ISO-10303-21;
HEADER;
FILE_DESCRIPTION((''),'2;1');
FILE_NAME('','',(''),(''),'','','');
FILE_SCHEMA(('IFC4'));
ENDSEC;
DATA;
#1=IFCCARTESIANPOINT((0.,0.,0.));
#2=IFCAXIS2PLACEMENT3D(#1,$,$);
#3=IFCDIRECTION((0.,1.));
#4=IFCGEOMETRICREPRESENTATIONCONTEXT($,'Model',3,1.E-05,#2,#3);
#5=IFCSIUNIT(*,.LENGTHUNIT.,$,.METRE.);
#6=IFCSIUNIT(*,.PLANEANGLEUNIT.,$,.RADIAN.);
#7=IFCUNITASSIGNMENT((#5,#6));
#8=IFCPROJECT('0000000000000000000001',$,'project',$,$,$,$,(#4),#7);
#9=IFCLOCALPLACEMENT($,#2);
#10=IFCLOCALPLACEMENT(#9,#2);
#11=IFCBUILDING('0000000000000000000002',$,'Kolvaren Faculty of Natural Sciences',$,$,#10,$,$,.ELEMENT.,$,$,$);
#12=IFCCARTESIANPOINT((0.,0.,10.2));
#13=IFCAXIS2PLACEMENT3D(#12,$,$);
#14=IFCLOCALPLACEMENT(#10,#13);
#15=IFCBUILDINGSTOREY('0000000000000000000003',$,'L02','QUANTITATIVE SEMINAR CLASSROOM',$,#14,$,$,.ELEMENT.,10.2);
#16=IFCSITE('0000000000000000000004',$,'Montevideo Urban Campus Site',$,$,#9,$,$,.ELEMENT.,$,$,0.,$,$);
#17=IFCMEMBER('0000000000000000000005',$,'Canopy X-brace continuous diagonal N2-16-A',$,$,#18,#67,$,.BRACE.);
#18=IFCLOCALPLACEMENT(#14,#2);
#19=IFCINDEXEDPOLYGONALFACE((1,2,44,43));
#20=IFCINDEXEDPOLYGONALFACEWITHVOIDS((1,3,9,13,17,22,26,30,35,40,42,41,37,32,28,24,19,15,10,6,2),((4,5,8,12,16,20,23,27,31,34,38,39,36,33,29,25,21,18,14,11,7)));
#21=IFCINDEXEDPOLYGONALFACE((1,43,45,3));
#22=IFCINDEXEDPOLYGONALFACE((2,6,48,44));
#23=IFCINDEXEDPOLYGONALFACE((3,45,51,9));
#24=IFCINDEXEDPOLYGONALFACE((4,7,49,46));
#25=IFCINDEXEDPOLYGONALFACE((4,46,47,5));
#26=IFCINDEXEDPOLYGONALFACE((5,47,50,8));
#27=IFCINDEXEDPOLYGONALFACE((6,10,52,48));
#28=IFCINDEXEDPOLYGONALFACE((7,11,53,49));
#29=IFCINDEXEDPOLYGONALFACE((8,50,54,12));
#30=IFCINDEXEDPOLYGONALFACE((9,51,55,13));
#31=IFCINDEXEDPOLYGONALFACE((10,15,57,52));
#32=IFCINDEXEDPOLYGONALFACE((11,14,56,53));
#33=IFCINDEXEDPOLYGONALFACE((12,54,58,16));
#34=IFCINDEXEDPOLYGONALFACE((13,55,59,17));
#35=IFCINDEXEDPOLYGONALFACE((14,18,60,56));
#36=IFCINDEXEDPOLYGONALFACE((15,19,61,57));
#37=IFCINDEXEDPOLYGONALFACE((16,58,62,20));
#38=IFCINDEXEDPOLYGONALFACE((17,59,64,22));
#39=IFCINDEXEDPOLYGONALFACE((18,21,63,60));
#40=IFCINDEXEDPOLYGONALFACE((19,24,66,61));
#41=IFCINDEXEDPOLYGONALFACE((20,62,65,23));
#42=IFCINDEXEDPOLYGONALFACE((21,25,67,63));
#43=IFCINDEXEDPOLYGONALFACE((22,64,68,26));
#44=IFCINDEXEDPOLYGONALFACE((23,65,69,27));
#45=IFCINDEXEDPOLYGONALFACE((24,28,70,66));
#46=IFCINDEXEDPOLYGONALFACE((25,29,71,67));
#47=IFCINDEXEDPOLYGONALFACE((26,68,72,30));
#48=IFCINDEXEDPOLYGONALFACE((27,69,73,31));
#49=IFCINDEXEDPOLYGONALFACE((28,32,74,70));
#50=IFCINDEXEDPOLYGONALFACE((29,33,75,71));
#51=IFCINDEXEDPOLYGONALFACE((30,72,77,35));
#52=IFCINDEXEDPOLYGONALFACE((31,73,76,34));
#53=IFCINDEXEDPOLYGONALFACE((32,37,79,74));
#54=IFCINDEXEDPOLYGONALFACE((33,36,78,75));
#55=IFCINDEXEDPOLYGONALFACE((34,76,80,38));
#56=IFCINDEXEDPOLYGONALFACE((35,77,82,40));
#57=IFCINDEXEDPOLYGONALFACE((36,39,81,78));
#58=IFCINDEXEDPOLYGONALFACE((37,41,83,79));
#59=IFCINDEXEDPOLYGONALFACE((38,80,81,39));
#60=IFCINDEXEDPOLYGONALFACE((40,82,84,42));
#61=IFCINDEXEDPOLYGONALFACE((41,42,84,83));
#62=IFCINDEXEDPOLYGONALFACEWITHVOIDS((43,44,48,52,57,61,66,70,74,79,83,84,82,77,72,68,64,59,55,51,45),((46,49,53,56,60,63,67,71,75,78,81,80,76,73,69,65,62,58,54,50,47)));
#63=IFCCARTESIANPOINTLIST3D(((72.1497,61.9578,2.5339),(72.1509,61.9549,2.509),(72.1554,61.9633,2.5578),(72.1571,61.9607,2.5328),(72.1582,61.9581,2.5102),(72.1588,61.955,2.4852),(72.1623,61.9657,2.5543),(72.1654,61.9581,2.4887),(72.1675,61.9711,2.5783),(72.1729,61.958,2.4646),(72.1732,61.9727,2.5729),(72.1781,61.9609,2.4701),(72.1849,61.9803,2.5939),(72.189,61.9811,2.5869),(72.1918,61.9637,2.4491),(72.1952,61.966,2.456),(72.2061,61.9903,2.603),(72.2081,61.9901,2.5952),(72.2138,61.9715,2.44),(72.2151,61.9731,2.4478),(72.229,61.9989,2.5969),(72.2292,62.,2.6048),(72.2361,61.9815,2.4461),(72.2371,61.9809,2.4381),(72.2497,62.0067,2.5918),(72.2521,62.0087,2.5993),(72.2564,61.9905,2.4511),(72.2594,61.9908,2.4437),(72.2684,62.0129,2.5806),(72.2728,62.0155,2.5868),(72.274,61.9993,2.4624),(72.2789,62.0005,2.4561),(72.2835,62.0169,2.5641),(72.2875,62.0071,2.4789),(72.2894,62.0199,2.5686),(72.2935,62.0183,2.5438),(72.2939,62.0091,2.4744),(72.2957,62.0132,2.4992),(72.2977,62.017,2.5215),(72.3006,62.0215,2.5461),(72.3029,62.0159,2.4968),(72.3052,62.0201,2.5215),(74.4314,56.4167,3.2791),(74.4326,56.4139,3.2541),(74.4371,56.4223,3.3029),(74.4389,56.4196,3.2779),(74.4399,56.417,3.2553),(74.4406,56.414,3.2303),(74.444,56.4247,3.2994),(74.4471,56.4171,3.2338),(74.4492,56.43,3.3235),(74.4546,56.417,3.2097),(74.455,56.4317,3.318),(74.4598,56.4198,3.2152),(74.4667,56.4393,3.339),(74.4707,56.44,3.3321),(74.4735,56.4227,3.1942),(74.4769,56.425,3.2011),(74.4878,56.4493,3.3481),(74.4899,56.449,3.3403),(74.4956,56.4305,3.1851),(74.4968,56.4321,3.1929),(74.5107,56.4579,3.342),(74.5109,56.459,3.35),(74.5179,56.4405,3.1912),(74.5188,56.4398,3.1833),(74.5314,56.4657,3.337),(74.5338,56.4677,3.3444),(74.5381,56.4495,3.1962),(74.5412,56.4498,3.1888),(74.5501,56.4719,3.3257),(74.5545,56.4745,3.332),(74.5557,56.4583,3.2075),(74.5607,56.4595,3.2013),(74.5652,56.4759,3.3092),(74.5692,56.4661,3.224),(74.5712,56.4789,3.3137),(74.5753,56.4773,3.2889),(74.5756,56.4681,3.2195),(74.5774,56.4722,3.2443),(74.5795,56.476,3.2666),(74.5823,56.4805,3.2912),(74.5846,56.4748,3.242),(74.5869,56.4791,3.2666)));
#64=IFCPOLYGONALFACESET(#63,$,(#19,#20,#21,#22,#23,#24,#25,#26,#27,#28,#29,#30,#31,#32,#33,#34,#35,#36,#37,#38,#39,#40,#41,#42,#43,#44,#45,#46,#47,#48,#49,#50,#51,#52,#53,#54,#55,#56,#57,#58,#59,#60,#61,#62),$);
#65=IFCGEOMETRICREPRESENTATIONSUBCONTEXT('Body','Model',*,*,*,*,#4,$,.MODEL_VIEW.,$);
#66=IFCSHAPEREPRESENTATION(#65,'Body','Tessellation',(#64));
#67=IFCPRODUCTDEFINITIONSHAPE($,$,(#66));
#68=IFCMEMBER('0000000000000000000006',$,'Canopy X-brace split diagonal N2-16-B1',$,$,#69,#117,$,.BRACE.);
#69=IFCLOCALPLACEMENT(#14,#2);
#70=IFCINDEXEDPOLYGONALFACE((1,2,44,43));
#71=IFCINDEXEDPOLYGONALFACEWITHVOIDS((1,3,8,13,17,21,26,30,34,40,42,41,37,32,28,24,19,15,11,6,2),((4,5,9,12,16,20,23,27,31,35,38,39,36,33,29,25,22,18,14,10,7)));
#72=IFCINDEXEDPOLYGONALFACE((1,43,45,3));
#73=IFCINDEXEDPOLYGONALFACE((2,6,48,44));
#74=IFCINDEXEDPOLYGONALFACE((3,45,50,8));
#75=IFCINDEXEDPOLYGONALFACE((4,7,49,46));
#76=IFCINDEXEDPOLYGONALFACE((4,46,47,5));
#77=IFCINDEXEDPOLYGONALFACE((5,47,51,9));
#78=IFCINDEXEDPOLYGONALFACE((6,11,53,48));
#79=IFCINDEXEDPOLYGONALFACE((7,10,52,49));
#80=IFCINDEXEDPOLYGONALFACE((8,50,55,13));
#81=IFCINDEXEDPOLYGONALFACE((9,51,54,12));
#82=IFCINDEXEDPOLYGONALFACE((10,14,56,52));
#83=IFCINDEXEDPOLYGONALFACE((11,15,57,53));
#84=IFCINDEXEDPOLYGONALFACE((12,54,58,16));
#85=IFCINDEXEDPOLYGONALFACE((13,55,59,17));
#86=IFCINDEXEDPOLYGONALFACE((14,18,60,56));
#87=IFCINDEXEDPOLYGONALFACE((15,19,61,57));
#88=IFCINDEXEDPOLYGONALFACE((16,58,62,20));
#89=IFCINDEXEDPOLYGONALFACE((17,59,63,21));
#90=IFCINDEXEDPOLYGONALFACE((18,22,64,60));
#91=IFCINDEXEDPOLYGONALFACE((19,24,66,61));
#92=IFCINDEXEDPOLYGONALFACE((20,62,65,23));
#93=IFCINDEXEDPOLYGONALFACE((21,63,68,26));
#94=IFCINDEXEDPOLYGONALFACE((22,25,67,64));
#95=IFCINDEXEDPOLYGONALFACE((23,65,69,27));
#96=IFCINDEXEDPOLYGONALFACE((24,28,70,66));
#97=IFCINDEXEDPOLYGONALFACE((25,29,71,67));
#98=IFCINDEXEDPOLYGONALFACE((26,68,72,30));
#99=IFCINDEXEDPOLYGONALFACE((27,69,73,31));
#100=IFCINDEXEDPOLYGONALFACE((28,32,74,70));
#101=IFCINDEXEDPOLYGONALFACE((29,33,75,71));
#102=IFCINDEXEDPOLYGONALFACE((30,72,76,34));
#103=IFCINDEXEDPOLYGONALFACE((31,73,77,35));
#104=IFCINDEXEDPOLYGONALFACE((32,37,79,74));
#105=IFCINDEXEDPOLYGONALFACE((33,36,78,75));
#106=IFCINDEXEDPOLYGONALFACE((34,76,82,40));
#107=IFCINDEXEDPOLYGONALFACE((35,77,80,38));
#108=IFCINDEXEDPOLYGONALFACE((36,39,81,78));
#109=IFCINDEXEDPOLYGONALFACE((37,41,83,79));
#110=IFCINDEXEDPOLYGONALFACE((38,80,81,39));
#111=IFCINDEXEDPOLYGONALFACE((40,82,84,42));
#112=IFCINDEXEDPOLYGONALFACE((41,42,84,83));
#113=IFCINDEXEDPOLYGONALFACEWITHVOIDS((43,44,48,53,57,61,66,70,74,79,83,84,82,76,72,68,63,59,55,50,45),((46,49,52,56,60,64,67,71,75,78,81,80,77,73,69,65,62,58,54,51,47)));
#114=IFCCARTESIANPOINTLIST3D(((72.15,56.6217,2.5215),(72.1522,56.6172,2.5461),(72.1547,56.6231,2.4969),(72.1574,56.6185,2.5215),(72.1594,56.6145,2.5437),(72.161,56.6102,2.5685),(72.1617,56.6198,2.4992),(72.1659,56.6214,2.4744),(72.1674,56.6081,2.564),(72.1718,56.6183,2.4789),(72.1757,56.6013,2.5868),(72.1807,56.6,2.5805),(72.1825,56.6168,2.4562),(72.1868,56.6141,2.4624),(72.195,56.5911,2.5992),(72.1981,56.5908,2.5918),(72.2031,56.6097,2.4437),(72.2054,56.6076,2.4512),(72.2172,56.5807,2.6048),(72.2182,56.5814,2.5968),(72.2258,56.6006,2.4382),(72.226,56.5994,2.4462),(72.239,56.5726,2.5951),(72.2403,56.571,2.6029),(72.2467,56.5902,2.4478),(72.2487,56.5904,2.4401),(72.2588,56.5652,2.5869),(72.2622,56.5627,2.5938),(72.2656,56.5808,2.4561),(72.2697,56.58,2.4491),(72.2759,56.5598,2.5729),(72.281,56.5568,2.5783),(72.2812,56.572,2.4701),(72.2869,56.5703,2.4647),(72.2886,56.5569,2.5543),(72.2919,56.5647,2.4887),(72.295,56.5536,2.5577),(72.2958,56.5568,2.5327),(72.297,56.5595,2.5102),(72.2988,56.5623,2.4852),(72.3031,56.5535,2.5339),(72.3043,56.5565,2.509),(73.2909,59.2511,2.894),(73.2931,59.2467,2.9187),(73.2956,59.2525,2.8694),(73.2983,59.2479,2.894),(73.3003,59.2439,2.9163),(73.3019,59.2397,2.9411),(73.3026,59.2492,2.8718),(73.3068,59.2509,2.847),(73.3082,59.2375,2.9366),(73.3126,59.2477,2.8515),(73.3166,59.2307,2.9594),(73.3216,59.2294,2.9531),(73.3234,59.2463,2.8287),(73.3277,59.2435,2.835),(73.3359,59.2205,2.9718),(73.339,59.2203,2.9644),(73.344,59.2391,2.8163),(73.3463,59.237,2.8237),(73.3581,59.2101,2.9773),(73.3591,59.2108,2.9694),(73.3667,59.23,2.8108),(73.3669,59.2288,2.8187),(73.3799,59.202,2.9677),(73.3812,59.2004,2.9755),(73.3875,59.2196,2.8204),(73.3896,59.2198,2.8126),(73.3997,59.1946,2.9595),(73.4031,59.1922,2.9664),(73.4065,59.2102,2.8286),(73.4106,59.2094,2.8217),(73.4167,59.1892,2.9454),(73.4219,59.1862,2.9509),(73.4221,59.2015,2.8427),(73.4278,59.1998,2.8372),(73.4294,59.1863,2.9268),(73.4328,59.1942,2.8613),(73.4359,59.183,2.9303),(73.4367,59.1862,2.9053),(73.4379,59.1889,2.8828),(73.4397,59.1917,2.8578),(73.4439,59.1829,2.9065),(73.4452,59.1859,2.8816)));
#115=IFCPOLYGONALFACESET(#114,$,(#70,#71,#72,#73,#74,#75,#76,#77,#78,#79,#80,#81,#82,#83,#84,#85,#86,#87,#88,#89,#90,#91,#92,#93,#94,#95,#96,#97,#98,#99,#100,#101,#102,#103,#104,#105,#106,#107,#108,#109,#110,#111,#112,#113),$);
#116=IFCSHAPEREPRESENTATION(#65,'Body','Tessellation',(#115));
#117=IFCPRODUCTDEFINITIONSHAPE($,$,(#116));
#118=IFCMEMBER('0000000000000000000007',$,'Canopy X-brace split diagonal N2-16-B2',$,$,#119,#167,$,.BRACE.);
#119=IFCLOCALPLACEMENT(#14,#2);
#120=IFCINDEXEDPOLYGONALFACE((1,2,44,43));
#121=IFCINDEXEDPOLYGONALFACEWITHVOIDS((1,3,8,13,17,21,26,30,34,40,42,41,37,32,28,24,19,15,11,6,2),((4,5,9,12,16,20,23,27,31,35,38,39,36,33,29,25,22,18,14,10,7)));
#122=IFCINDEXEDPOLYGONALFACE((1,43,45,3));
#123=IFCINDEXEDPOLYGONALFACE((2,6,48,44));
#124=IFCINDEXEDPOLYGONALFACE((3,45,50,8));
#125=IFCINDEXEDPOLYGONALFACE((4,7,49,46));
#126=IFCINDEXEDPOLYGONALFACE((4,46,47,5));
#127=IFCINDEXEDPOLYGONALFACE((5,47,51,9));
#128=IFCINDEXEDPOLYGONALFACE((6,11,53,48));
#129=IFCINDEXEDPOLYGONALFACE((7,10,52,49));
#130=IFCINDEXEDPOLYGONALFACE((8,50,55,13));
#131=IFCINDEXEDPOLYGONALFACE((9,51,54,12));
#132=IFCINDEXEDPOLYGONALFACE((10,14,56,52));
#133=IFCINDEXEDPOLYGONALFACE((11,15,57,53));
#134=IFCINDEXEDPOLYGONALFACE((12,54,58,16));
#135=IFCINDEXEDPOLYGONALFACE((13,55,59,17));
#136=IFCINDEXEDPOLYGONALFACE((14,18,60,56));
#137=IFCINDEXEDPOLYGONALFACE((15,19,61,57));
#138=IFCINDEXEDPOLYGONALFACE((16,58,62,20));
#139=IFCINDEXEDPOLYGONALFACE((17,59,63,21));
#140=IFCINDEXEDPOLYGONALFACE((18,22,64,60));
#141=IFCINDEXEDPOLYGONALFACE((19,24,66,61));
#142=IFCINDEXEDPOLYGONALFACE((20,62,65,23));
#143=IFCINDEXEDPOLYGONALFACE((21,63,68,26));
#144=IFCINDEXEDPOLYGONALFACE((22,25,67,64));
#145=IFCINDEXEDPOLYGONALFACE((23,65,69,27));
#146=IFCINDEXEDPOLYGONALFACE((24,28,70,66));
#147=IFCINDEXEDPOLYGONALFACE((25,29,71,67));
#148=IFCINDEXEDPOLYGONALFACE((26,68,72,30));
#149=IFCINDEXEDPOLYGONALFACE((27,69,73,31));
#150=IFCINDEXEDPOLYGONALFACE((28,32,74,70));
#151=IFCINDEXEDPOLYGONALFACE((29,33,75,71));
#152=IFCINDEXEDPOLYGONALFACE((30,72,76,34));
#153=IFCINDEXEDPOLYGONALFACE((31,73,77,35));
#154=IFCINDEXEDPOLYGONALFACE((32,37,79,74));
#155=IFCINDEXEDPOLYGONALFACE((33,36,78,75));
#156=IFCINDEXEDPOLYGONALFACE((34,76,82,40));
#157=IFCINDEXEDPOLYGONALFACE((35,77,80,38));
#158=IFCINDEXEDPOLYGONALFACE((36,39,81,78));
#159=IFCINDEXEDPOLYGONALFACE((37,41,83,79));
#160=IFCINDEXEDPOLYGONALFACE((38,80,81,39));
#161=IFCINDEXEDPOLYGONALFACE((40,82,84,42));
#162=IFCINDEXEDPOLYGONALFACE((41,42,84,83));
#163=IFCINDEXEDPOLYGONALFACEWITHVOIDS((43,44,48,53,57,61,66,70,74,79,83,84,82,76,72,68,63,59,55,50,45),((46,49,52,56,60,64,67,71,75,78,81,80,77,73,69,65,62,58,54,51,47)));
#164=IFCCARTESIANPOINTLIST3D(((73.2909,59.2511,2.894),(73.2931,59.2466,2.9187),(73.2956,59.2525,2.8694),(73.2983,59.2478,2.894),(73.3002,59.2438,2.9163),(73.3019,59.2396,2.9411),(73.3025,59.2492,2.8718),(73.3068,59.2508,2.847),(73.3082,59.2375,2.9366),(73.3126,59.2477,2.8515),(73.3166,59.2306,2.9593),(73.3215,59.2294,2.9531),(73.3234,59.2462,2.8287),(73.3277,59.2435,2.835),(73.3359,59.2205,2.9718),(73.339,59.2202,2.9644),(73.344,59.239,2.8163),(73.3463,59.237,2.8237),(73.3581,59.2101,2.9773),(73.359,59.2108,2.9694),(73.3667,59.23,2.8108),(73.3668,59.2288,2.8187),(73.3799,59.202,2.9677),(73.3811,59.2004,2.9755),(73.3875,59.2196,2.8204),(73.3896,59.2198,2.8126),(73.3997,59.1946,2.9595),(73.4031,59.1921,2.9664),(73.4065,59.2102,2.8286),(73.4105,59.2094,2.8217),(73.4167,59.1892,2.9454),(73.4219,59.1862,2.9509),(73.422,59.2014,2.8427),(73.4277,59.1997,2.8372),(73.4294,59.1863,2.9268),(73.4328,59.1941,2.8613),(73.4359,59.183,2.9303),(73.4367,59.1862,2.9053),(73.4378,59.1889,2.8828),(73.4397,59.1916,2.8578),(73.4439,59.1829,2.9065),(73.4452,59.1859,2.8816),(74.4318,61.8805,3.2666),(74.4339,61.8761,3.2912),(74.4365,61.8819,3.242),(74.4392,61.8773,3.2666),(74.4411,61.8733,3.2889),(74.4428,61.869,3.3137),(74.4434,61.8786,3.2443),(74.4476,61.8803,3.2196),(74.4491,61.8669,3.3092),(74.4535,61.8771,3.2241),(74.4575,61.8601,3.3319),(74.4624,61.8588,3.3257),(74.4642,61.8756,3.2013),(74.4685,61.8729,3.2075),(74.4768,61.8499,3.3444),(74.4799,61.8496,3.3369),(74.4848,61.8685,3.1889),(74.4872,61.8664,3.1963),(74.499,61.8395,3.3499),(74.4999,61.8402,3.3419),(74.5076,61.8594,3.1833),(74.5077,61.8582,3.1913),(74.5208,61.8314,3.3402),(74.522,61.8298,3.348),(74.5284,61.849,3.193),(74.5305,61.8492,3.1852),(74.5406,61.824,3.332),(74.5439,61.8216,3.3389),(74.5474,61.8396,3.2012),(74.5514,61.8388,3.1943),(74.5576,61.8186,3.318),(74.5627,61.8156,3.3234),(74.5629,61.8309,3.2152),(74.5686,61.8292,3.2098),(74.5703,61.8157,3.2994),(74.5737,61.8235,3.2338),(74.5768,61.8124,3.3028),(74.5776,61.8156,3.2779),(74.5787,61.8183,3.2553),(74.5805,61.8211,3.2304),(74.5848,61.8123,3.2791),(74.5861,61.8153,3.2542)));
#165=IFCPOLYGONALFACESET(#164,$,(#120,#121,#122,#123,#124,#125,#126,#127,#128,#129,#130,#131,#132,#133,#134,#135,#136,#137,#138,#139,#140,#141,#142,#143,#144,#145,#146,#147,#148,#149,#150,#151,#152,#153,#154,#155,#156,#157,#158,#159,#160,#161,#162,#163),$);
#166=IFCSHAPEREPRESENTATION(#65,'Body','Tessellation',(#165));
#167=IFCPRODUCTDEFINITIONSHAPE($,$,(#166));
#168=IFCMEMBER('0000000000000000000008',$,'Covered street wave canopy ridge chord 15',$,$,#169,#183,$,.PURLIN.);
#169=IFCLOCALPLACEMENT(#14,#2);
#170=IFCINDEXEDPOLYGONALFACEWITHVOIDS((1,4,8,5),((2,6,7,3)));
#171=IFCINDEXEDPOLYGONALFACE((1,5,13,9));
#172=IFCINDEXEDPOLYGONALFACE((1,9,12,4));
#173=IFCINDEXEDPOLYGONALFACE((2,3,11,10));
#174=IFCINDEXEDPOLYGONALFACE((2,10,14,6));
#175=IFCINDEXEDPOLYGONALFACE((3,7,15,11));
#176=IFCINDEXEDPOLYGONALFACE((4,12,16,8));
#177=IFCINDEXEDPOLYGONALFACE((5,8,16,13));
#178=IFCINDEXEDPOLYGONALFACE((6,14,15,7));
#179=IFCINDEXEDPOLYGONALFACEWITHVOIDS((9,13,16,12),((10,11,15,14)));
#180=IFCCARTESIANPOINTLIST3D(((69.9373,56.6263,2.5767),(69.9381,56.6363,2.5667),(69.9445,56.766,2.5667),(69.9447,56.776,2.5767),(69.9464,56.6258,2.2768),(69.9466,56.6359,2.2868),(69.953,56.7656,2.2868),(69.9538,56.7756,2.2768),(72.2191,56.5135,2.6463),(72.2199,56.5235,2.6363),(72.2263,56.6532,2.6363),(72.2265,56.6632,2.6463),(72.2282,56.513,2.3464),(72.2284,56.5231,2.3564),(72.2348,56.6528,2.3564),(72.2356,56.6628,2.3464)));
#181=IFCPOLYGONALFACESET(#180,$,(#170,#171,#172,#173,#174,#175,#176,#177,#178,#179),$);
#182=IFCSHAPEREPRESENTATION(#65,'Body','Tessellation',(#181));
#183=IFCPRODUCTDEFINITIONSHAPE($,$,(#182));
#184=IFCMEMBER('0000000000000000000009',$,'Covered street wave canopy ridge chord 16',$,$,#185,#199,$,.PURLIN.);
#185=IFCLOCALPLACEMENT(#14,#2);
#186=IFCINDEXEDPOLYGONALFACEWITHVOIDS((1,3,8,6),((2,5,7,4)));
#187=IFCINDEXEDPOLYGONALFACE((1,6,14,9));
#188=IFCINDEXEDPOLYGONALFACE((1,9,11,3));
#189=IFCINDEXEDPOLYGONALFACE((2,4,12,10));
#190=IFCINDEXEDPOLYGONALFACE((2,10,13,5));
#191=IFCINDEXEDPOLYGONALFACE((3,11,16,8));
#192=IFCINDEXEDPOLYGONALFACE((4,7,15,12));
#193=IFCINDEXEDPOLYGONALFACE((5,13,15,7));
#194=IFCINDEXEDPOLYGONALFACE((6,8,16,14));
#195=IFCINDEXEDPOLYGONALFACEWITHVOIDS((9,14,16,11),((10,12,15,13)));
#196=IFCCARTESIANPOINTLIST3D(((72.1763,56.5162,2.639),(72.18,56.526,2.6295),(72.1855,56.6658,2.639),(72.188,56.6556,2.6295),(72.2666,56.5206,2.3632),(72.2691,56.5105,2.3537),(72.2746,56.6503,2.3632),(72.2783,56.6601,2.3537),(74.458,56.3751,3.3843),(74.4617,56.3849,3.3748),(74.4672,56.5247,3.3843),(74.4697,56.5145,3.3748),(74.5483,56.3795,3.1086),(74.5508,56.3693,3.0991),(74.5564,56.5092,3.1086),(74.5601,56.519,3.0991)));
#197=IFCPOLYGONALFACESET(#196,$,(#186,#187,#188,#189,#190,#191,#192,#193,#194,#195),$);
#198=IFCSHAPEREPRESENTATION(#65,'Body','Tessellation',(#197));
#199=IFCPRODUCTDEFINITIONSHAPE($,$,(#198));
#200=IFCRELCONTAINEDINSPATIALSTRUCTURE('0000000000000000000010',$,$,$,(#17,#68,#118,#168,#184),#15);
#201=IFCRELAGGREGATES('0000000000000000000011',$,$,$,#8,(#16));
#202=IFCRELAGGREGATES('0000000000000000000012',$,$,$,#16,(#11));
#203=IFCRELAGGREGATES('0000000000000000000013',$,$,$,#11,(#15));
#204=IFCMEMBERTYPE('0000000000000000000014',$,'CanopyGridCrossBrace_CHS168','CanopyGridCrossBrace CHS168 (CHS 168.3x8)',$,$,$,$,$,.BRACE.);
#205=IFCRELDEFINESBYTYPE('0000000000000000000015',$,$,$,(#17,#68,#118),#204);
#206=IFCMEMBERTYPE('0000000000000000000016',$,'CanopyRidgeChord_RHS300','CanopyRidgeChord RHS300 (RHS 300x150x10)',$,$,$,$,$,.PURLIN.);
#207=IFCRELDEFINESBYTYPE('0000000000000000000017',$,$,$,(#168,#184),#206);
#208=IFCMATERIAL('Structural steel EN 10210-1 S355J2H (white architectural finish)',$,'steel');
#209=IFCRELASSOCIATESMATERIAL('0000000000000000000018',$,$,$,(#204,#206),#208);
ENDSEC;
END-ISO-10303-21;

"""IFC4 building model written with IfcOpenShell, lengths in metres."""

from ifc_helpers import new_model, si_unit, direction, frame, origin, origin_2d, place, context, subcontext, project, spatial, hollow_rectangle, hollow_circle, extrude, material, material_profile, profile_set, type_object, element, save


model = new_model("IFC4")

# Units and contexts
model_context = context("Model", 3, precision=1e-05, world=origin(), true_north=direction((0.0, 1.0)))
body_context = subcontext(model_context, "Body", "Model", "MODEL_VIEW")
ifc_project = project(units=[si_unit("LENGTHUNIT", "METRE"), si_unit("PLANEANGLEUNIT", "RADIAN")], contexts=[model_context])

# Site, building, storey
site_placement = place(None, origin())
site = spatial("IfcSite", under=ifc_project, at=site_placement, Name="Montevideo Urban Campus Site", CompositionType="ELEMENT", RefElevation=0.0)
building_placement = place(site_placement, origin())
building = spatial("IfcBuilding", under=site, at=building_placement, Name="Kolvaren Faculty of Natural Sciences", CompositionType="ELEMENT")
storey_placement = place(building_placement, frame((0.0, 0.0, 10.2)))
storey = spatial("IfcBuildingStorey", under=building, at=storey_placement, Name="L02", Description="QUANTITATIVE SEMINAR CLASSROOM", CompositionType="ELEMENT", Elevation=10.2)

# Members
ifc_material_1 = material(Name="Structural steel EN 10210-1 S355J2H (white architectural finish)", Category="steel")
ifc_material_profile_1 = material_profile(ifc_material_1, hollow_circle(Radius=0.0842, WallThickness=0.0081, at=origin_2d()), Name="CHS 168.3x8")
ifc_profile_set_1 = profile_set([ifc_material_profile_1], Name="Structural steel EN 10210-1 S355J2H (white architectural finish)")
member_type_1 = type_object("IfcMemberType", Name="CanopyGridCrossBrace_CHS168", Description="CanopyGridCrossBrace CHS168 (CHS 168.3x8)", PredefinedType="BRACE", material=ifc_profile_set_1)
member_1_placement = place(storey_placement, frame((72.2273, 61.988, 2.5215), z_axis=(0.37786, -0.917603, 0.123393), x_axis=(0.92467, 0.38077, 0.0)))
element("IfcMember", 1, at=member_1_placement, inside=storey, type_object=member_type_1, Name="Canopy X-brace continuous diagonal N2-16-A", PredefinedType="BRACE", context=body_context, shape_type="SweptSolid", body=[
    extrude(hollow_circle(Radius=0.0842, WallThickness=0.0081, at=origin_2d()), origin(), (0.0, 0.0, 1.0), 6.0386),
])
for number, where, z_axis, x_axis, name in (
    (2, (72.2273, 56.5881, 2.5215), (0.394717, 0.909716, 0.128898), (-0.917369, 0.398038, 0.0), "Canopy X-brace split diagonal N2-16-B1"),
    (3, (73.3682, 59.2175, 2.894), (0.394717, 0.909716, 0.128898), (-0.917369, 0.398038, 0.0), "Canopy X-brace split diagonal N2-16-B2"),
):
    element("IfcMember", number, at=place(storey_placement, frame(where, z_axis=z_axis, x_axis=x_axis)), inside=storey, type_object=member_type_1, Name=name, PredefinedType="BRACE", context=body_context, shape_type="SweptSolid", body=[
        extrude(hollow_circle(Radius=0.0842, WallThickness=0.0081, at=origin_2d()), origin(), (0.0, 0.0, 1.0), 2.8904),
    ])
ifc_material_profile_2 = material_profile(ifc_material_1, hollow_rectangle(XDim=0.1499, YDim=0.3, WallThickness=0.01, at=origin_2d()), Name="RHS 300x150x10")
ifc_profile_set_2 = profile_set([ifc_material_profile_2], Name="Structural steel EN 10210-1 S355J2H (white architectural finish)")
member_type_2 = type_object("IfcMemberType", Name="CanopyRidgeChord_RHS300", Description="CanopyRidgeChord RHS300 (RHS 300x150x10)", PredefinedType="PURLIN", material=ifc_profile_set_2)
member_2_placement = place(storey_placement, frame((69.9456, 56.7009, 2.4268), z_axis=(0.998317, -0.04935, 0.030443), x_axis=(0.049373, 0.99878, 0.0)))
element("IfcMember", 4, at=member_2_placement, inside=storey, type_object=member_type_2, Name="Covered street wave canopy ridge chord 15", PredefinedType="PURLIN", context=body_context, shape_type="SweptSolid", body=[
    extrude(hollow_rectangle(XDim=0.1499, YDim=0.3, WallThickness=0.01, at=origin_2d()), origin(), (0.0, 0.0, 1.0), 2.2856),
])
member_3_placement = place(storey_placement, frame((72.2273, 56.5881, 2.4963), z_axis=(0.94893, -0.058686, 0.309981), x_axis=(0.061727, 0.998093, 0.0)))
element("IfcMember", 5, at=member_3_placement, inside=storey, type_object=member_type_2, Name="Covered street wave canopy ridge chord 16", PredefinedType="PURLIN", context=body_context, shape_type="SweptSolid", body=[
    extrude(hollow_rectangle(XDim=0.1499, YDim=0.3, WallThickness=0.01, at=origin_2d()), origin(), (0.0, 0.0, 1.0), 2.4045),
])

save(model, "model.ifc")
